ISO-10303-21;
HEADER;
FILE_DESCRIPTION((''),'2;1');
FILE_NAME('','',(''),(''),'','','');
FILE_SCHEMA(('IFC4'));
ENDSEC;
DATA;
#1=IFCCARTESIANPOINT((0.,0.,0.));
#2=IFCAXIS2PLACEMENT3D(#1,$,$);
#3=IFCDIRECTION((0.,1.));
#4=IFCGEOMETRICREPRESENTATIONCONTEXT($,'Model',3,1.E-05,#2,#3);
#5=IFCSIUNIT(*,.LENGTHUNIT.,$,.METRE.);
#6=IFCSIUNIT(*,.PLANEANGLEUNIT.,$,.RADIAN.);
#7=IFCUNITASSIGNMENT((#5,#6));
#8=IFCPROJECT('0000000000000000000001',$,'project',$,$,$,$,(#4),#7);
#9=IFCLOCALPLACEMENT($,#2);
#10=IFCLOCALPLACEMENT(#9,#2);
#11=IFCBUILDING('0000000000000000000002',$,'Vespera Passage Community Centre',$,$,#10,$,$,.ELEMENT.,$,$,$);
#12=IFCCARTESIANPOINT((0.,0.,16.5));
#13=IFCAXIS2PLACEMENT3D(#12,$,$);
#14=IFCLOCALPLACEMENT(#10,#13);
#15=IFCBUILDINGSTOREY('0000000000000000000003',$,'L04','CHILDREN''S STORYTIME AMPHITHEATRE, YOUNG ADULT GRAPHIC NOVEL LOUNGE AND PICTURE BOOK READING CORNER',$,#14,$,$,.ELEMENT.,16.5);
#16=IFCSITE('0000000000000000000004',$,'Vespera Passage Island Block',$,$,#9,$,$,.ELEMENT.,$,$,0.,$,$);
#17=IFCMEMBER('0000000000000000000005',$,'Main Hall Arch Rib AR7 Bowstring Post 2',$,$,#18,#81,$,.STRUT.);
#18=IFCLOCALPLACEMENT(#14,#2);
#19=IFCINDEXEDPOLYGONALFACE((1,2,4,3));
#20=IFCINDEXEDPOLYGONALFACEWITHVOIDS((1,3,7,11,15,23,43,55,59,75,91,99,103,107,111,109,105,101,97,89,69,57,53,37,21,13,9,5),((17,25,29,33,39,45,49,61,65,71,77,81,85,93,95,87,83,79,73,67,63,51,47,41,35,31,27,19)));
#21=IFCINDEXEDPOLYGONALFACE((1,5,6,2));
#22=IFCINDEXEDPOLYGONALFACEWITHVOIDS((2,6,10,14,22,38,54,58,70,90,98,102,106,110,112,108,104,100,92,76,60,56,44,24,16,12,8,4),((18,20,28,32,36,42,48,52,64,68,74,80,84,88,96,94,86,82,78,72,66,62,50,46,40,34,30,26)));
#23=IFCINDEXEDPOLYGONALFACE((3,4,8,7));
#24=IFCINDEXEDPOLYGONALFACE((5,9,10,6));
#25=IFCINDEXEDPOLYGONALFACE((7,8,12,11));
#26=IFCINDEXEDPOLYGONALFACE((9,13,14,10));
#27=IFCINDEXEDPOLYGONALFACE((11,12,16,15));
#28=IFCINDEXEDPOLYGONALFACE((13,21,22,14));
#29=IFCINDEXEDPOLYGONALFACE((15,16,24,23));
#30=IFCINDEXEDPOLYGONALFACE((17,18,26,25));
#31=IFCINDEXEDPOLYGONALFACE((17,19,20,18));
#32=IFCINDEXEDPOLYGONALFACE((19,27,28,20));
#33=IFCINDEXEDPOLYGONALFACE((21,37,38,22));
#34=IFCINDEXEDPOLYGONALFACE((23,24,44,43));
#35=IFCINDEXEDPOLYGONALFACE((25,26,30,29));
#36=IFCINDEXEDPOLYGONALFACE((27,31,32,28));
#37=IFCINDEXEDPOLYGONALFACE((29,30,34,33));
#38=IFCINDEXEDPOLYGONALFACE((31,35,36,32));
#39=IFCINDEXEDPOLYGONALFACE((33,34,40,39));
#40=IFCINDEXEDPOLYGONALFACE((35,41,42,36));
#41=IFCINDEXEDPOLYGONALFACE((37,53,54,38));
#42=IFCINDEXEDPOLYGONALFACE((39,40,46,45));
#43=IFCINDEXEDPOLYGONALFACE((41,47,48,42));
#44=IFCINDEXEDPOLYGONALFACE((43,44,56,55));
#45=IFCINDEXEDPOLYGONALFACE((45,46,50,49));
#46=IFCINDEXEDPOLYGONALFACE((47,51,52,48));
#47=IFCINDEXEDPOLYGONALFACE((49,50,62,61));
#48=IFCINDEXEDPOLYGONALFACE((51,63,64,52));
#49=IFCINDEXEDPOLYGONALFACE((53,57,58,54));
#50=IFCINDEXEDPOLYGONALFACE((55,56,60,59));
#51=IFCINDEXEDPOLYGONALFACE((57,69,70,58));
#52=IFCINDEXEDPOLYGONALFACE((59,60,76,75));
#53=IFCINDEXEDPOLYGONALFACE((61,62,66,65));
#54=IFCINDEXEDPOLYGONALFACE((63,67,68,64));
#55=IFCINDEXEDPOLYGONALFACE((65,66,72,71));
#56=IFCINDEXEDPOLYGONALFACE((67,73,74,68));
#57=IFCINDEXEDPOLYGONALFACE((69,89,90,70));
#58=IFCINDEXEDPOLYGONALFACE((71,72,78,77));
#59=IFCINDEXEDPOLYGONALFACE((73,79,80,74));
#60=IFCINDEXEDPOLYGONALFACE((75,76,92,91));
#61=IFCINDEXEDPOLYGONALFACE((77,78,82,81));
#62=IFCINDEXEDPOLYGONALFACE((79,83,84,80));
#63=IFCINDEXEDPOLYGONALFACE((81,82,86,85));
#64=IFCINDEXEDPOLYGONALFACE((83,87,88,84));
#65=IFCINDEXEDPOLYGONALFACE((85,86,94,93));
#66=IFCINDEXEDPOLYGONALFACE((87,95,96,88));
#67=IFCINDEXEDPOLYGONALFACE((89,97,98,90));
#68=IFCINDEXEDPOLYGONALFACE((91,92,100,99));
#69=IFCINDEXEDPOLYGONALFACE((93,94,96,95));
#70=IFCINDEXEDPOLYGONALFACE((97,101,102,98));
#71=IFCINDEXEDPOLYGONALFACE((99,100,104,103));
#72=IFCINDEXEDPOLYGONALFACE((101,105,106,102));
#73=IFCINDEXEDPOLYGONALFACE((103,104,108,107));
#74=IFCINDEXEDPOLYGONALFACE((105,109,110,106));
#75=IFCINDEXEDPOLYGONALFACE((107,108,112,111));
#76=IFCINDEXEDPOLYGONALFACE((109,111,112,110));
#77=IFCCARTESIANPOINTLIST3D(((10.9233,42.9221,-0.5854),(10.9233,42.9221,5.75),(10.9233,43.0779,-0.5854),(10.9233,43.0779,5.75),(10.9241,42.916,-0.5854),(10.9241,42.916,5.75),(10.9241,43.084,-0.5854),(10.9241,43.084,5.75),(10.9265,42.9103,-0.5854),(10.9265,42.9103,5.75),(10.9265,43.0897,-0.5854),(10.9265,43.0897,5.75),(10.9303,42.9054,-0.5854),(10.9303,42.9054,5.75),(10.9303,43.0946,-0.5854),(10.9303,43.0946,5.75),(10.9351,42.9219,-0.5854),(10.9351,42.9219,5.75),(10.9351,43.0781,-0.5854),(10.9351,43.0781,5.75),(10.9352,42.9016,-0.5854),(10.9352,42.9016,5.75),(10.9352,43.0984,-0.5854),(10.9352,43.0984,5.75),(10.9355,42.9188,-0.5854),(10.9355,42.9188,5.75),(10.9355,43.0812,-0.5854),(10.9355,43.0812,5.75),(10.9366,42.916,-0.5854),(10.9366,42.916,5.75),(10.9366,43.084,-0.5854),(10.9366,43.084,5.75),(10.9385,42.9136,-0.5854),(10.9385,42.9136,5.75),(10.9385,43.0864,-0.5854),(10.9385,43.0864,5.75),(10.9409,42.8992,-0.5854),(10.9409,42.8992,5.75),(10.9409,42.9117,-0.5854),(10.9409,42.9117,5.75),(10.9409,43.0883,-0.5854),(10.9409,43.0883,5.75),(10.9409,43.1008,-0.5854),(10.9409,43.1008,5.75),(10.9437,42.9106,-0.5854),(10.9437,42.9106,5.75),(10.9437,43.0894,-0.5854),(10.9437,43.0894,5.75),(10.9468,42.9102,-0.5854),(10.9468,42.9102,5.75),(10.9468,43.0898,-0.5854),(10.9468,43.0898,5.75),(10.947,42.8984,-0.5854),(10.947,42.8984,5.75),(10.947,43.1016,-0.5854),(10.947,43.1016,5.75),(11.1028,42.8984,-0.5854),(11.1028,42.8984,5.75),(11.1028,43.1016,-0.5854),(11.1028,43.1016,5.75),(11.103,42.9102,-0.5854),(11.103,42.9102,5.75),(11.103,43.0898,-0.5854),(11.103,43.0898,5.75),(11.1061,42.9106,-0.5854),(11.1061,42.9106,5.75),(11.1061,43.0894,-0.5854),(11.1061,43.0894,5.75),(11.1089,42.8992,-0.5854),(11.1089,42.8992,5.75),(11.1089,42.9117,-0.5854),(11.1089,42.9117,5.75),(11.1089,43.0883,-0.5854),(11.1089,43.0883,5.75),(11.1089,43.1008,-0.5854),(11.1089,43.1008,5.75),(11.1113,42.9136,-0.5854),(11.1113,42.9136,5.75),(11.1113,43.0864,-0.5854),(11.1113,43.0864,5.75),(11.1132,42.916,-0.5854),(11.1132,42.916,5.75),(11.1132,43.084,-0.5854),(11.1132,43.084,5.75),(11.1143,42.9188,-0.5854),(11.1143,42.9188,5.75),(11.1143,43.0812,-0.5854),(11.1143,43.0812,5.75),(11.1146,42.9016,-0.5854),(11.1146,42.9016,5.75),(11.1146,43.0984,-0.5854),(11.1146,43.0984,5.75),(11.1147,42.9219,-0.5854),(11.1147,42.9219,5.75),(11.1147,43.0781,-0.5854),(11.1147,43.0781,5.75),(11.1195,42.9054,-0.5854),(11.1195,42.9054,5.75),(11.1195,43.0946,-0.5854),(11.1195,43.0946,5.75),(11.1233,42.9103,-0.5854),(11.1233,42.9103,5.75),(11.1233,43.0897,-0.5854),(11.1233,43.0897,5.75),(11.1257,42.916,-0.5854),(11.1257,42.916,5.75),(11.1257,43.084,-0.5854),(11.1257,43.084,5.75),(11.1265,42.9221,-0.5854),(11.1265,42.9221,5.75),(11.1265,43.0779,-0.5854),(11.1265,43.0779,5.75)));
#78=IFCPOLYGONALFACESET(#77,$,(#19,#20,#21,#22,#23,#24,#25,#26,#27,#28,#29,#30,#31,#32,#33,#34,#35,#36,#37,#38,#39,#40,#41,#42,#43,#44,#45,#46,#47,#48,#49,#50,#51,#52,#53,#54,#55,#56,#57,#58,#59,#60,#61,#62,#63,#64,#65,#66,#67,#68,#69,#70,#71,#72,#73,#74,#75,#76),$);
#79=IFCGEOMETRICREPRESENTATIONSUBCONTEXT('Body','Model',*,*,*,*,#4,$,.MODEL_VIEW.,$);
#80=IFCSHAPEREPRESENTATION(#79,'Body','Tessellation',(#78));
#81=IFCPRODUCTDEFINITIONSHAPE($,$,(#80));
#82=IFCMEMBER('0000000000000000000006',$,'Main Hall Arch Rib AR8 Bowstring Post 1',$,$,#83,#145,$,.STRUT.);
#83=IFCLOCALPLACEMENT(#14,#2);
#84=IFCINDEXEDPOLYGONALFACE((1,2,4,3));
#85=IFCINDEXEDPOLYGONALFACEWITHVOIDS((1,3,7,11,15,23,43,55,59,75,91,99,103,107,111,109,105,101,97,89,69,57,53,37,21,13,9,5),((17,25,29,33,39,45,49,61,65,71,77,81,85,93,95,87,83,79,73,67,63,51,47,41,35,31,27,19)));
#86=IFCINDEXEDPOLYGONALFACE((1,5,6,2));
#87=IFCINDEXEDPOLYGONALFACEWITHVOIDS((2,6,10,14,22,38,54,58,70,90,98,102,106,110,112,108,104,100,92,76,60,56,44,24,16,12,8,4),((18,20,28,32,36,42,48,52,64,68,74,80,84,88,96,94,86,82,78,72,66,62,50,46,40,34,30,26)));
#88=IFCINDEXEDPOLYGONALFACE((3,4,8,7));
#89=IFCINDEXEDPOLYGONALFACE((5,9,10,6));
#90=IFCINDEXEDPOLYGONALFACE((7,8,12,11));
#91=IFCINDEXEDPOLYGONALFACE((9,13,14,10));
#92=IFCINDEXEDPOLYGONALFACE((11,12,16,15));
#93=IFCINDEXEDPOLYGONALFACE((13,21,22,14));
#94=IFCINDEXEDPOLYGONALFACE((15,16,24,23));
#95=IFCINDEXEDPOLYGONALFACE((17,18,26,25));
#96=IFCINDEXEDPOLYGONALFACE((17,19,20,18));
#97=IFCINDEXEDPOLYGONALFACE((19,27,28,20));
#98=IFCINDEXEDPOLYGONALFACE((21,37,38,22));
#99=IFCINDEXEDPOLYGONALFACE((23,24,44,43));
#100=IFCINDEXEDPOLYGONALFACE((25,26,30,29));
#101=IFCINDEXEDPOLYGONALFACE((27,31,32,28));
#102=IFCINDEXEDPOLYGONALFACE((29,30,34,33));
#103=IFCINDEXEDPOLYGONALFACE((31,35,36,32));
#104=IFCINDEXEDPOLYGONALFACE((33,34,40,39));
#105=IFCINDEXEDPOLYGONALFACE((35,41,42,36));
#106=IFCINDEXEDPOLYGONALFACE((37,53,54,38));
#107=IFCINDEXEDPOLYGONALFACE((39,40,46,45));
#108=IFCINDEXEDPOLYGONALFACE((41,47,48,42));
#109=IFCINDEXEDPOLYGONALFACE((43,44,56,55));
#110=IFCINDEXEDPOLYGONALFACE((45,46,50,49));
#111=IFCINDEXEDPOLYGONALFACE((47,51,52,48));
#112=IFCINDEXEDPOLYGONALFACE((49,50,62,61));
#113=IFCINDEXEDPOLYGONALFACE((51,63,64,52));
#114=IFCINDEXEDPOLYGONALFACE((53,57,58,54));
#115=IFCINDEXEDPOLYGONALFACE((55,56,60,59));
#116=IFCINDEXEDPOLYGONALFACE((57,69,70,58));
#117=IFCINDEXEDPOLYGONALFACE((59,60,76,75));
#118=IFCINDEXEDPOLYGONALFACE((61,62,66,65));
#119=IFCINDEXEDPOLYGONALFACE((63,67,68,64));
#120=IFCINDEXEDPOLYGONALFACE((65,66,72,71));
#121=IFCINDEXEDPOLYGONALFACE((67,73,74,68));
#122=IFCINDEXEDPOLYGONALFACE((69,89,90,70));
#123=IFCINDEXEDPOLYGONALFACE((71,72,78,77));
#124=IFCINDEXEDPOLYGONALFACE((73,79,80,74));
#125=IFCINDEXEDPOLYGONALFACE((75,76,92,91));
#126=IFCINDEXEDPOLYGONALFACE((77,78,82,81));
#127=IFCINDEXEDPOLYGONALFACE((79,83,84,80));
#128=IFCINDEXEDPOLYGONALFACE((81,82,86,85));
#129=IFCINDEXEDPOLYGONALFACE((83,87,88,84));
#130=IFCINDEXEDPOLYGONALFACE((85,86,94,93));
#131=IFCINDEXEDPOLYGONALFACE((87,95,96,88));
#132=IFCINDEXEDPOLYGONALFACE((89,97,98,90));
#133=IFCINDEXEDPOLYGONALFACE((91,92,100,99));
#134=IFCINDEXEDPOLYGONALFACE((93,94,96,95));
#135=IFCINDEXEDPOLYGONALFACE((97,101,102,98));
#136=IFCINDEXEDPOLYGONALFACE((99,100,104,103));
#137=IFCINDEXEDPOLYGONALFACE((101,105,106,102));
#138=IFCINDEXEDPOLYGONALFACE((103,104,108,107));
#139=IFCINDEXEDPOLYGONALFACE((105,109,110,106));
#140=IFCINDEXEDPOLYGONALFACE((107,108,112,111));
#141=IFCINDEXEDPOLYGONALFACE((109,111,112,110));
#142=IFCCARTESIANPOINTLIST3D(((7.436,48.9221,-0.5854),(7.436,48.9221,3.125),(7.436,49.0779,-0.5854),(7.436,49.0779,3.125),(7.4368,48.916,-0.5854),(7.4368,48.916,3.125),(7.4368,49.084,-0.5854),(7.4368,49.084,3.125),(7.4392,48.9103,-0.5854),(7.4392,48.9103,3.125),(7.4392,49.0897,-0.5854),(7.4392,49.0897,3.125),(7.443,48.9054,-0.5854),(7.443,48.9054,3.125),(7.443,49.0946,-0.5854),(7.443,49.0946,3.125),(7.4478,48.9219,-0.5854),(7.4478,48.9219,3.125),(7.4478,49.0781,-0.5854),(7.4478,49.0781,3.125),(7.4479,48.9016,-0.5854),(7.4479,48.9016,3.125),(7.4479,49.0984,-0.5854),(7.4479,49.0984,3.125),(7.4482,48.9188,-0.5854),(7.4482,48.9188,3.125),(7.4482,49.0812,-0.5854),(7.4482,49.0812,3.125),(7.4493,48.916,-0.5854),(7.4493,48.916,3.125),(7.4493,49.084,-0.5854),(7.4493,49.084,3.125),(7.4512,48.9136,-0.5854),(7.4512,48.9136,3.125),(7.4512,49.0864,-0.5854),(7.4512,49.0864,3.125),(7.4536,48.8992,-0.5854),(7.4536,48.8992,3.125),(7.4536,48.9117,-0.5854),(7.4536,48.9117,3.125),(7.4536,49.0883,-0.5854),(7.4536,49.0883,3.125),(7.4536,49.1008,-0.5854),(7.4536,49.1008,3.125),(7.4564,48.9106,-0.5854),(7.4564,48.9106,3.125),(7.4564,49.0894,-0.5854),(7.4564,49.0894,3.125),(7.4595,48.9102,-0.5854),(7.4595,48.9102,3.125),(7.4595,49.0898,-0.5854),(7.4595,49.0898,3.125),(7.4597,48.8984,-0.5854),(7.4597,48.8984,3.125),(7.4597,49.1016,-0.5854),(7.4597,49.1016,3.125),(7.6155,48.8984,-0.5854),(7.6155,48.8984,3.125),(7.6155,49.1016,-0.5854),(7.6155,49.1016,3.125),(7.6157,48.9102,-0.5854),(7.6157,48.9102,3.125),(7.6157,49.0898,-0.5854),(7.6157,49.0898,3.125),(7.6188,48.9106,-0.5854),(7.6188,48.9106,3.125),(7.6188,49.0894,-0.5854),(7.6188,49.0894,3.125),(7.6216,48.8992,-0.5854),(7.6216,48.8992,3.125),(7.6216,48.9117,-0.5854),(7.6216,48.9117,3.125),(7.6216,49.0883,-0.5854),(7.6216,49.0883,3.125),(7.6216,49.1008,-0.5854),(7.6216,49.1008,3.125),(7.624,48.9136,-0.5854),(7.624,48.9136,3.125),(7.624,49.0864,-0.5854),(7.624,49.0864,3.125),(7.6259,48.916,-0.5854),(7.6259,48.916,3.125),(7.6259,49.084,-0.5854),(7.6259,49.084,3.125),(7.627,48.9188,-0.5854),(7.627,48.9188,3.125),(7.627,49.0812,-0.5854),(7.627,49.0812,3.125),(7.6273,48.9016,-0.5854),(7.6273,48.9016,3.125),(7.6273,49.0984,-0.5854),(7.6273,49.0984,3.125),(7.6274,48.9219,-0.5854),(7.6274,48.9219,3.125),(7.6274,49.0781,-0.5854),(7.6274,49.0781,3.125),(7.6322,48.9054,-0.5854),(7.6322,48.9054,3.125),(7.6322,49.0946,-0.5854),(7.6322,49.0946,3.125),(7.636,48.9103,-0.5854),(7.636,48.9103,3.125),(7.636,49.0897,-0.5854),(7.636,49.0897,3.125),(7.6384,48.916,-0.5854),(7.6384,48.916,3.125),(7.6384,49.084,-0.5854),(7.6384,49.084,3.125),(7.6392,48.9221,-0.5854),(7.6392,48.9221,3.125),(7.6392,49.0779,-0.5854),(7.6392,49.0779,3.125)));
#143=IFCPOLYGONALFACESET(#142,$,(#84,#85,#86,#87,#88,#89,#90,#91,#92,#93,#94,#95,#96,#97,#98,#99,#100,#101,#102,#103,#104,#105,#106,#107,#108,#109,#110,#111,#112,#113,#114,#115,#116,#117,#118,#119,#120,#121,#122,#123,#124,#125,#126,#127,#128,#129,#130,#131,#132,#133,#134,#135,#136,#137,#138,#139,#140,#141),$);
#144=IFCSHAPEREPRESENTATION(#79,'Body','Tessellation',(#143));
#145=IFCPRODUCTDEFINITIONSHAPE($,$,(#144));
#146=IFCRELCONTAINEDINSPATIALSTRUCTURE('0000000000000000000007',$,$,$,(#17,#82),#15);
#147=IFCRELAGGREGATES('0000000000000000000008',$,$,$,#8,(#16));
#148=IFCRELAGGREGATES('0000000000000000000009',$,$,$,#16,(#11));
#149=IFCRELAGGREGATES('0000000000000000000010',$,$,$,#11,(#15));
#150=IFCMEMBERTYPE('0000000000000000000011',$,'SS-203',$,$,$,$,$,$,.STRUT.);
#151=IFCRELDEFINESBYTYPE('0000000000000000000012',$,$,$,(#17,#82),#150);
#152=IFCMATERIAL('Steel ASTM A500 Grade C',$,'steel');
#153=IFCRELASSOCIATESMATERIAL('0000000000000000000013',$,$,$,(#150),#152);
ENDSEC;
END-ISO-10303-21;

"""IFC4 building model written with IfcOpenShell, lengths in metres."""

from ifc_helpers import new_model, si_unit, direction, frame, origin, origin_2d, place, context, subcontext, project, spatial, hollow_rectangle, extrude, material, material_profile, profile_set, type_object, element, save


model = new_model("IFC4")

# Units and contexts
model_context = context("Model", 3, precision=1e-05, world=origin(), true_north=direction((0.0, 1.0)))
body_context = subcontext(model_context, "Body", "Model", "MODEL_VIEW")
ifc_project = project(units=[si_unit("LENGTHUNIT", "METRE"), si_unit("PLANEANGLEUNIT", "RADIAN")], contexts=[model_context])

# Site, building, storey
site_placement = place(None, origin())
site = spatial("IfcSite", under=ifc_project, at=site_placement, Name="Vespera Passage Island Block", CompositionType="ELEMENT", RefElevation=0.0)
building_placement = place(site_placement, origin())
building = spatial("IfcBuilding", under=site, at=building_placement, Name="Vespera Passage Community Centre", CompositionType="ELEMENT")
storey_placement = place(building_placement, frame((0.0, 0.0, 16.5)))
storey = spatial("IfcBuildingStorey", under=building, at=storey_placement, Name="L04", Description="CHILDREN'S STORYTIME AMPHITHEATRE, YOUNG ADULT GRAPHIC NOVEL LOUNGE AND PICTURE BOOK READING CORNER", CompositionType="ELEMENT", Elevation=16.5)

# Members
ifc_material_1 = material(Name="Steel ASTM A500 Grade C", Category="steel")
ifc_material_profile_1 = material_profile(ifc_material_1, hollow_rectangle(XDim=0.2031, YDim=0.2031, WallThickness=0.0117, InnerFilletRadius=0.0117, OuterFilletRadius=0.0237, at=origin_2d()), Name="HSS203X203X12.7")
ifc_profile_set_1 = profile_set([ifc_material_profile_1], Name="Steel ASTM A500 Grade C")
member_type_1 = type_object("IfcMemberType", Name="SS-203", PredefinedType="STRUT", material=ifc_profile_set_1)
member_1_placement = place(storey_placement, frame((11.0249, 43.0, -0.5854), z_axis=(0.0, 0.0, 1.0), x_axis=(1.0, 0.0, 0.0)))
element("IfcMember", 1, at=member_1_placement, inside=storey, type_object=member_type_1, Name="Main Hall Arch Rib AR7 Bowstring Post 2", PredefinedType="STRUT", context=body_context, shape_type="SweptSolid", body=[
    extrude(hollow_rectangle(XDim=0.2031, YDim=0.2031, WallThickness=0.0117, InnerFilletRadius=0.0117, OuterFilletRadius=0.0237, at=origin_2d()), origin(), (0.0, 0.0, 1.0), 6.3354),
])
member_2_placement = place(storey_placement, frame((7.5376, 49.0, -0.5854), z_axis=(0.0, 0.0, 1.0), x_axis=(1.0, 0.0, 0.0)))
element("IfcMember", 2, at=member_2_placement, inside=storey, type_object=member_type_1, Name="Main Hall Arch Rib AR8 Bowstring Post 1", PredefinedType="STRUT", context=body_context, shape_type="SweptSolid", body=[
    extrude(hollow_rectangle(XDim=0.2031, YDim=0.2031, WallThickness=0.0117, InnerFilletRadius=0.0117, OuterFilletRadius=0.0237, at=origin_2d()), origin(), (0.0, 0.0, 1.0), 3.7104),
])

save(model, "model.ifc")
